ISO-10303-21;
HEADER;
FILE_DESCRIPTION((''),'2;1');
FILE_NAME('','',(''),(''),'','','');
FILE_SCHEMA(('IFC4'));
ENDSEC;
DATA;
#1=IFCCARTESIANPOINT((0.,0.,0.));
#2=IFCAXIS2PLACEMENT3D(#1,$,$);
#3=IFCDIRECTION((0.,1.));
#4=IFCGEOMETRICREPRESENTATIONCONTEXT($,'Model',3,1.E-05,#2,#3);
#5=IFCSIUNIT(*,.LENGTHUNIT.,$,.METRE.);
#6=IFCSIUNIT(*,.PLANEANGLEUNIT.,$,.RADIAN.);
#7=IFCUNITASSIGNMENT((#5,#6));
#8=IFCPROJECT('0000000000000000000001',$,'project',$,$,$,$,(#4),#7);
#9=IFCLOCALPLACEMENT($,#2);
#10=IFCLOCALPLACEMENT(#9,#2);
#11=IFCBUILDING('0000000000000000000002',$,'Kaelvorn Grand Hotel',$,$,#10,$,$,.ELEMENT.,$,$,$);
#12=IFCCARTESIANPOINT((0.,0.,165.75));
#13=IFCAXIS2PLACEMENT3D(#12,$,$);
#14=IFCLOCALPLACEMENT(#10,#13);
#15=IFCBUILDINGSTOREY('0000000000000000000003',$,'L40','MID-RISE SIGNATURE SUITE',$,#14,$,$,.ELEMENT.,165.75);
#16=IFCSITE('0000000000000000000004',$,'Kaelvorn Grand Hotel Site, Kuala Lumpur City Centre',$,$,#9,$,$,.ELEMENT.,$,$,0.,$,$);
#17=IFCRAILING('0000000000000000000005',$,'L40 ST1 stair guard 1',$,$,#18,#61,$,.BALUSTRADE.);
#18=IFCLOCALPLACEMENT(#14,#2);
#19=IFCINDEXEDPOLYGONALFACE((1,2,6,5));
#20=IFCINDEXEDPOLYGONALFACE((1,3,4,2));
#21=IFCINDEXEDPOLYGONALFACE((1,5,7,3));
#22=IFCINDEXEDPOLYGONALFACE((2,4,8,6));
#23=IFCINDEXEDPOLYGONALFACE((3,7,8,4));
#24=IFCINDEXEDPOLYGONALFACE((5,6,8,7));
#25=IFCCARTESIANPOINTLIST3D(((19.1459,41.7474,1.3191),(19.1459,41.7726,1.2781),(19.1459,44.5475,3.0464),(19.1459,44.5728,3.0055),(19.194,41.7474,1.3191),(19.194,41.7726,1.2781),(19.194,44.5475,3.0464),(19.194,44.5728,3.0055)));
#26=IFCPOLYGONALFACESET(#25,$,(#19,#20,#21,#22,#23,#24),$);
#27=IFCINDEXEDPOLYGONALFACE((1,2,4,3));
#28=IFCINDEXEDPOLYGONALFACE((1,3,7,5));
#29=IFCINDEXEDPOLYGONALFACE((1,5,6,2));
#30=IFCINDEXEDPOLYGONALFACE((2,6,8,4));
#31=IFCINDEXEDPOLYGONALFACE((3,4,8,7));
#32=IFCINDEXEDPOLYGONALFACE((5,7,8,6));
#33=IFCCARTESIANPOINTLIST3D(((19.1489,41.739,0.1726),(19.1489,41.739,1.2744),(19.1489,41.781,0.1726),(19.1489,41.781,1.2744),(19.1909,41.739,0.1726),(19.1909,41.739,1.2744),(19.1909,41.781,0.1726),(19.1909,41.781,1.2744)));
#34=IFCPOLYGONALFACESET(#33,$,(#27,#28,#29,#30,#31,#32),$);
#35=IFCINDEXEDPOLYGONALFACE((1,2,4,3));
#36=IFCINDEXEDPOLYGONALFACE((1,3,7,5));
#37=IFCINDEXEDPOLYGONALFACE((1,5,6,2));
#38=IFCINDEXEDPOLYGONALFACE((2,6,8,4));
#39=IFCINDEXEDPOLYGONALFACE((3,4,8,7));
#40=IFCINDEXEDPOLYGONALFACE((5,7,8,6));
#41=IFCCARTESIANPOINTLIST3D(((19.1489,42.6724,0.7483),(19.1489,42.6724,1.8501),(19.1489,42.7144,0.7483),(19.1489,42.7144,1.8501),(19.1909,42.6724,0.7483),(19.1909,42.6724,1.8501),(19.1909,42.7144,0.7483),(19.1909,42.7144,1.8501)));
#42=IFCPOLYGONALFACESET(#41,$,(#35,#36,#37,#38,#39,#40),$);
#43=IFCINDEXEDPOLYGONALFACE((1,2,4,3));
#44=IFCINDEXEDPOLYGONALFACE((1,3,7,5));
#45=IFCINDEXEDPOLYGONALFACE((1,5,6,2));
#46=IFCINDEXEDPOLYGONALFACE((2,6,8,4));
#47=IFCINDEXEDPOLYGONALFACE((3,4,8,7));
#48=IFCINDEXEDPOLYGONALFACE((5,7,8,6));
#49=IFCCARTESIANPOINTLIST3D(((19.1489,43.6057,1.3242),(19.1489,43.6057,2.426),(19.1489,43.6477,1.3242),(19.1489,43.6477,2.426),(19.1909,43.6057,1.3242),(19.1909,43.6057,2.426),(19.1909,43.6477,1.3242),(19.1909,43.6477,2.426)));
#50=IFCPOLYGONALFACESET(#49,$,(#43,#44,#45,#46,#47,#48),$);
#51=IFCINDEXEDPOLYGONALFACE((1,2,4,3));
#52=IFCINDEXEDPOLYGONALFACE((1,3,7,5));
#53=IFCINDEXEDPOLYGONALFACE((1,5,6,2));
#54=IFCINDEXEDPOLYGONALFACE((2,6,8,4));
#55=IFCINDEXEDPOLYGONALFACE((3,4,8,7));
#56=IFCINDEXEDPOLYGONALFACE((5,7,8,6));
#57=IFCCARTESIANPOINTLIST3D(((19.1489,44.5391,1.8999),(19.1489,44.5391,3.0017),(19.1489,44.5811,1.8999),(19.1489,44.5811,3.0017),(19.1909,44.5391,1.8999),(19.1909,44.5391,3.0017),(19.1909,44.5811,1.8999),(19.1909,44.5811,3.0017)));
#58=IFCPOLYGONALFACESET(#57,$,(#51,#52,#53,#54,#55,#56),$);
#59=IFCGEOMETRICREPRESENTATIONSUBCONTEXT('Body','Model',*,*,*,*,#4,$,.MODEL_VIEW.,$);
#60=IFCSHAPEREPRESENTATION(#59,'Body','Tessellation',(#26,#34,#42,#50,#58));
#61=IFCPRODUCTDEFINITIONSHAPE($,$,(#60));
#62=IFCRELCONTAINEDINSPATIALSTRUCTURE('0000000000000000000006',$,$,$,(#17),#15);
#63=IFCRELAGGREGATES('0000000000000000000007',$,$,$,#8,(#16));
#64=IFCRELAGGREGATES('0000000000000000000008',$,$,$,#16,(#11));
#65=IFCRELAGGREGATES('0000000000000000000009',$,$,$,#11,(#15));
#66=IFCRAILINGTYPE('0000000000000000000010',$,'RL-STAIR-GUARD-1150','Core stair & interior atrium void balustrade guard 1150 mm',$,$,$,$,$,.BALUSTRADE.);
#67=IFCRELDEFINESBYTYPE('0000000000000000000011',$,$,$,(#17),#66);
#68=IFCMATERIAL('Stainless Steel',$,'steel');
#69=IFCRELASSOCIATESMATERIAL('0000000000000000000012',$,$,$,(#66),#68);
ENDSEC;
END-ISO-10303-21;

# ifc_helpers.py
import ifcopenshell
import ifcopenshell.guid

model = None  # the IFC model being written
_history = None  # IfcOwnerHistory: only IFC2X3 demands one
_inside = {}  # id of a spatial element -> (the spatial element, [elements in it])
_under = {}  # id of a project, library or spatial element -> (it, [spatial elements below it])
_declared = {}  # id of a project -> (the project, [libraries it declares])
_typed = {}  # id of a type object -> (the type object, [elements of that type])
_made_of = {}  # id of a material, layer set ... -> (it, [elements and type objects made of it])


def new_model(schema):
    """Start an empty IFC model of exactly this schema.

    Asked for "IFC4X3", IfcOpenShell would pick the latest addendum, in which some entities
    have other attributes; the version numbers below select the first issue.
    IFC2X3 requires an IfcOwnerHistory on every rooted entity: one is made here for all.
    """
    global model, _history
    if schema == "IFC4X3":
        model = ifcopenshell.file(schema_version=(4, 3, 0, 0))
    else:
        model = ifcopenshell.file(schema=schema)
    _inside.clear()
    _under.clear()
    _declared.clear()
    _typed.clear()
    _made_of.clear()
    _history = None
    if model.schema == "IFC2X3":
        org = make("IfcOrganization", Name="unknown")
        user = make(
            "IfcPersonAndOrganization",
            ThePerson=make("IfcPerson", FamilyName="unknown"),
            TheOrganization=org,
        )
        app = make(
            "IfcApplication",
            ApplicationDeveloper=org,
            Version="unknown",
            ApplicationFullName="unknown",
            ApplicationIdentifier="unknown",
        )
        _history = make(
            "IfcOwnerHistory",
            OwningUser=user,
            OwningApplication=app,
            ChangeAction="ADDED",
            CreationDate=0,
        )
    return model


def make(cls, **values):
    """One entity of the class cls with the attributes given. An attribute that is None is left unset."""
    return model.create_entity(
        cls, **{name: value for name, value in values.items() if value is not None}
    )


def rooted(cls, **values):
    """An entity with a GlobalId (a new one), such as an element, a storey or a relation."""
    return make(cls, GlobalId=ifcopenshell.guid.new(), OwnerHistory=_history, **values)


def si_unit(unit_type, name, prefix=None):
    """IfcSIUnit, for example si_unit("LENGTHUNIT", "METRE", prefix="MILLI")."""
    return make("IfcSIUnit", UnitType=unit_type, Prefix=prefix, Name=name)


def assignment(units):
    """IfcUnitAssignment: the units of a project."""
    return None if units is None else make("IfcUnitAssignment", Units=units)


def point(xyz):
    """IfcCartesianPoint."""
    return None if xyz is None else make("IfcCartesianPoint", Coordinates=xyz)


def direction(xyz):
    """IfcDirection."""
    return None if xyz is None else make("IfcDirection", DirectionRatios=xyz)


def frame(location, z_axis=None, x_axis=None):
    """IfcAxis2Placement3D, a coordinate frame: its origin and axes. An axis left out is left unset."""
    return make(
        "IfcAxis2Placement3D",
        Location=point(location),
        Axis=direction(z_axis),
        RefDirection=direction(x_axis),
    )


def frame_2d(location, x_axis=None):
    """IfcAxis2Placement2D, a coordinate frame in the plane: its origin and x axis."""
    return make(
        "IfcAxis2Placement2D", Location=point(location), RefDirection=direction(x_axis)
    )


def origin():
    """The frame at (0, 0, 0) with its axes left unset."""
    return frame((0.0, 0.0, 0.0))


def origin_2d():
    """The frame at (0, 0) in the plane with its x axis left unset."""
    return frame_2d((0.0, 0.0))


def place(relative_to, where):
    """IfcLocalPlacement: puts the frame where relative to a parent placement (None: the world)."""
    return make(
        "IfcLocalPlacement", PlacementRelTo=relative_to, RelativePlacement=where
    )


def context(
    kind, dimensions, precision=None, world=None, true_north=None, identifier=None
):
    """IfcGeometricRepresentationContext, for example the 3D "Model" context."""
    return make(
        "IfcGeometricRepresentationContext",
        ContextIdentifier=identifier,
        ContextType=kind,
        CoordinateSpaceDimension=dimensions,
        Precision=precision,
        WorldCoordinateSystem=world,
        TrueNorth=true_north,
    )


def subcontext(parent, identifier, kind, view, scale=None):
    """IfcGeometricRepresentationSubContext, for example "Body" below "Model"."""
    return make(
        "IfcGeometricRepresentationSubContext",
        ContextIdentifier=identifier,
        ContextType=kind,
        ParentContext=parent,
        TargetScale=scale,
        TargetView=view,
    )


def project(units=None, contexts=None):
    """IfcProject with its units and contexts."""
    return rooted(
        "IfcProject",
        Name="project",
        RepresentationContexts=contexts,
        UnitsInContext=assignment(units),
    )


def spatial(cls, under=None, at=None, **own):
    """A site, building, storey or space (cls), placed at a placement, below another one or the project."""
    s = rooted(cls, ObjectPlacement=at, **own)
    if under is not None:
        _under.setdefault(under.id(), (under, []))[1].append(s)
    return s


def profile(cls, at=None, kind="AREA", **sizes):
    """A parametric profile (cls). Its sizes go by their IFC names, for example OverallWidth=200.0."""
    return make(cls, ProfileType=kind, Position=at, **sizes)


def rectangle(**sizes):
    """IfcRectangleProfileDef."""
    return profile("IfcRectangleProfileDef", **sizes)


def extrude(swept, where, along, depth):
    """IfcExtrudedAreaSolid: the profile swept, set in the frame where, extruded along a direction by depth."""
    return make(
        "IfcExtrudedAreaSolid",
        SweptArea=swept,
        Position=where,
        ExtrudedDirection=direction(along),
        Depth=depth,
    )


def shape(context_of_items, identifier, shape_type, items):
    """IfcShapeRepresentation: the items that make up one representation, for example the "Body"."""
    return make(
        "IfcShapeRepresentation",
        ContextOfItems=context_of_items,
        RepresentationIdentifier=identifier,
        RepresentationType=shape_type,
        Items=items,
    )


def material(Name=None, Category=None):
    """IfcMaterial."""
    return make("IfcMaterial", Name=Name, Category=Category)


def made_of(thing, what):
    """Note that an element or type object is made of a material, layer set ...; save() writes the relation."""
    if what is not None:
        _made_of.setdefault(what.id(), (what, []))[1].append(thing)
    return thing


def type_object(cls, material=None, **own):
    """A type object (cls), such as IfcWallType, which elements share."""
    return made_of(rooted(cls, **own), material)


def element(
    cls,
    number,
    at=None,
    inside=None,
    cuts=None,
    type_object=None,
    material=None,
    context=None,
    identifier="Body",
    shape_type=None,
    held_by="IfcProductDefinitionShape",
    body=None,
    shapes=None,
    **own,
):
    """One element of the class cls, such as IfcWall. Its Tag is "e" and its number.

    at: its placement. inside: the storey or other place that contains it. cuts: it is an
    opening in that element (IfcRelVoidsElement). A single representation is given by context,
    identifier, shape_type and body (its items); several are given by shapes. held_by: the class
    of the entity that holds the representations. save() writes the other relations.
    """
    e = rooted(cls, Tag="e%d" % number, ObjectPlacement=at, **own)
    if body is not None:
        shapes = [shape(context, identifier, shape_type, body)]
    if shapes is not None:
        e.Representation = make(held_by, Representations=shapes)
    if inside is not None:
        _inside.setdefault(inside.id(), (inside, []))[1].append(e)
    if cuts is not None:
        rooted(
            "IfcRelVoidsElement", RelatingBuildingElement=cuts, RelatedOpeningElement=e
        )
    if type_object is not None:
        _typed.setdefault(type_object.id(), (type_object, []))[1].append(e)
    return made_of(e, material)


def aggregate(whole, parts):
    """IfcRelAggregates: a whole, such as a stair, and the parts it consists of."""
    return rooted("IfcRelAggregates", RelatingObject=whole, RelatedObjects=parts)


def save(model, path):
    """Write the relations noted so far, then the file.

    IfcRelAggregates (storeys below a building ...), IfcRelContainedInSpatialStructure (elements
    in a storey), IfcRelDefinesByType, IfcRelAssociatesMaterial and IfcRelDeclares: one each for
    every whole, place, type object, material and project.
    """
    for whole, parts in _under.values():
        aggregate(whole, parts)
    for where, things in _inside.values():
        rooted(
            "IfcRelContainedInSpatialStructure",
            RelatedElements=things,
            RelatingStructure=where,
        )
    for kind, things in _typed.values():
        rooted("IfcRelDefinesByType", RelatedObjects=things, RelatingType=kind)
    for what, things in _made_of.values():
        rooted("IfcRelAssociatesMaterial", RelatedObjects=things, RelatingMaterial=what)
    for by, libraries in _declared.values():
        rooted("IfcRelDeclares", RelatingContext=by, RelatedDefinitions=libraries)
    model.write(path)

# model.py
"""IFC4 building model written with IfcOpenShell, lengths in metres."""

from ifc_helpers import new_model, si_unit, direction, frame, origin, origin_2d, place, context, subcontext, project, spatial, rectangle, extrude, material, type_object, element, save


model = new_model("IFC4")

# Units and contexts
model_context = context("Model", 3, precision=1e-05, world=origin(), true_north=direction((0.0, 1.0)))
body_context = subcontext(model_context, "Body", "Model", "MODEL_VIEW")
ifc_project = project(units=[si_unit("LENGTHUNIT", "METRE"), si_unit("PLANEANGLEUNIT", "RADIAN")], contexts=[model_context])

# Site, building, storey
site_placement = place(None, origin())
site = spatial("IfcSite", under=ifc_project, at=site_placement, Name="Kaelvorn Grand Hotel Site, Kuala Lumpur City Centre", CompositionType="ELEMENT", RefElevation=0.0)
building_placement = place(site_placement, origin())
building = spatial("IfcBuilding", under=site, at=building_placement, Name="Kaelvorn Grand Hotel", CompositionType="ELEMENT")
storey_placement = place(building_placement, frame((0.0, 0.0, 165.75)))
storey = spatial("IfcBuildingStorey", under=building, at=storey_placement, Name="L40", Description="MID-RISE SIGNATURE SUITE", CompositionType="ELEMENT", Elevation=165.75)

# Shared definitions
ifc_material_1 = material(Name="Stainless Steel", Category="steel")

# Railing
railing_type_1 = type_object("IfcRailingType", Name="RL-STAIR-GUARD-1150", Description="Core stair & interior atrium void balustrade guard 1150 mm", PredefinedType="BALUSTRADE", material=ifc_material_1)
railing_1_placement = place(storey_placement, frame((19.1699, 41.76, 0.1726)))
element("IfcRailing", 1, at=railing_1_placement, inside=storey, type_object=railing_type_1, Name="L40 ST1 stair guard 1", PredefinedType="BALUSTRADE", context=body_context, shape_type="SweptSolid", body=[
    extrude(rectangle(XDim=0.0481, YDim=0.0481, at=origin_2d()), frame((0.0, 0.0, 1.126), z_axis=(0.0, 0.85109, 0.52502), x_axis=(-1.0, 0.0, 0.0)), (0.0, 0.0, 1.0), 3.29),
    extrude(rectangle(XDim=0.042, YDim=0.042, at=origin_2d()), origin(), (0.0, 0.0, 1.0), 1.1018),
    extrude(rectangle(XDim=0.042, YDim=0.042, at=origin_2d()), frame((0.0, 0.9333, 0.5757)), (0.0, 0.0, 1.0), 1.1018),
    extrude(rectangle(XDim=0.042, YDim=0.042, at=origin_2d()), frame((0.0, 1.8667, 1.1516)), (0.0, 0.0, 1.0), 1.1018),
    extrude(rectangle(XDim=0.042, YDim=0.042, at=origin_2d()), frame((0.0, 2.8, 1.7273)), (0.0, 0.0, 1.0), 1.1018),
])

save(model, "model.ifc")
